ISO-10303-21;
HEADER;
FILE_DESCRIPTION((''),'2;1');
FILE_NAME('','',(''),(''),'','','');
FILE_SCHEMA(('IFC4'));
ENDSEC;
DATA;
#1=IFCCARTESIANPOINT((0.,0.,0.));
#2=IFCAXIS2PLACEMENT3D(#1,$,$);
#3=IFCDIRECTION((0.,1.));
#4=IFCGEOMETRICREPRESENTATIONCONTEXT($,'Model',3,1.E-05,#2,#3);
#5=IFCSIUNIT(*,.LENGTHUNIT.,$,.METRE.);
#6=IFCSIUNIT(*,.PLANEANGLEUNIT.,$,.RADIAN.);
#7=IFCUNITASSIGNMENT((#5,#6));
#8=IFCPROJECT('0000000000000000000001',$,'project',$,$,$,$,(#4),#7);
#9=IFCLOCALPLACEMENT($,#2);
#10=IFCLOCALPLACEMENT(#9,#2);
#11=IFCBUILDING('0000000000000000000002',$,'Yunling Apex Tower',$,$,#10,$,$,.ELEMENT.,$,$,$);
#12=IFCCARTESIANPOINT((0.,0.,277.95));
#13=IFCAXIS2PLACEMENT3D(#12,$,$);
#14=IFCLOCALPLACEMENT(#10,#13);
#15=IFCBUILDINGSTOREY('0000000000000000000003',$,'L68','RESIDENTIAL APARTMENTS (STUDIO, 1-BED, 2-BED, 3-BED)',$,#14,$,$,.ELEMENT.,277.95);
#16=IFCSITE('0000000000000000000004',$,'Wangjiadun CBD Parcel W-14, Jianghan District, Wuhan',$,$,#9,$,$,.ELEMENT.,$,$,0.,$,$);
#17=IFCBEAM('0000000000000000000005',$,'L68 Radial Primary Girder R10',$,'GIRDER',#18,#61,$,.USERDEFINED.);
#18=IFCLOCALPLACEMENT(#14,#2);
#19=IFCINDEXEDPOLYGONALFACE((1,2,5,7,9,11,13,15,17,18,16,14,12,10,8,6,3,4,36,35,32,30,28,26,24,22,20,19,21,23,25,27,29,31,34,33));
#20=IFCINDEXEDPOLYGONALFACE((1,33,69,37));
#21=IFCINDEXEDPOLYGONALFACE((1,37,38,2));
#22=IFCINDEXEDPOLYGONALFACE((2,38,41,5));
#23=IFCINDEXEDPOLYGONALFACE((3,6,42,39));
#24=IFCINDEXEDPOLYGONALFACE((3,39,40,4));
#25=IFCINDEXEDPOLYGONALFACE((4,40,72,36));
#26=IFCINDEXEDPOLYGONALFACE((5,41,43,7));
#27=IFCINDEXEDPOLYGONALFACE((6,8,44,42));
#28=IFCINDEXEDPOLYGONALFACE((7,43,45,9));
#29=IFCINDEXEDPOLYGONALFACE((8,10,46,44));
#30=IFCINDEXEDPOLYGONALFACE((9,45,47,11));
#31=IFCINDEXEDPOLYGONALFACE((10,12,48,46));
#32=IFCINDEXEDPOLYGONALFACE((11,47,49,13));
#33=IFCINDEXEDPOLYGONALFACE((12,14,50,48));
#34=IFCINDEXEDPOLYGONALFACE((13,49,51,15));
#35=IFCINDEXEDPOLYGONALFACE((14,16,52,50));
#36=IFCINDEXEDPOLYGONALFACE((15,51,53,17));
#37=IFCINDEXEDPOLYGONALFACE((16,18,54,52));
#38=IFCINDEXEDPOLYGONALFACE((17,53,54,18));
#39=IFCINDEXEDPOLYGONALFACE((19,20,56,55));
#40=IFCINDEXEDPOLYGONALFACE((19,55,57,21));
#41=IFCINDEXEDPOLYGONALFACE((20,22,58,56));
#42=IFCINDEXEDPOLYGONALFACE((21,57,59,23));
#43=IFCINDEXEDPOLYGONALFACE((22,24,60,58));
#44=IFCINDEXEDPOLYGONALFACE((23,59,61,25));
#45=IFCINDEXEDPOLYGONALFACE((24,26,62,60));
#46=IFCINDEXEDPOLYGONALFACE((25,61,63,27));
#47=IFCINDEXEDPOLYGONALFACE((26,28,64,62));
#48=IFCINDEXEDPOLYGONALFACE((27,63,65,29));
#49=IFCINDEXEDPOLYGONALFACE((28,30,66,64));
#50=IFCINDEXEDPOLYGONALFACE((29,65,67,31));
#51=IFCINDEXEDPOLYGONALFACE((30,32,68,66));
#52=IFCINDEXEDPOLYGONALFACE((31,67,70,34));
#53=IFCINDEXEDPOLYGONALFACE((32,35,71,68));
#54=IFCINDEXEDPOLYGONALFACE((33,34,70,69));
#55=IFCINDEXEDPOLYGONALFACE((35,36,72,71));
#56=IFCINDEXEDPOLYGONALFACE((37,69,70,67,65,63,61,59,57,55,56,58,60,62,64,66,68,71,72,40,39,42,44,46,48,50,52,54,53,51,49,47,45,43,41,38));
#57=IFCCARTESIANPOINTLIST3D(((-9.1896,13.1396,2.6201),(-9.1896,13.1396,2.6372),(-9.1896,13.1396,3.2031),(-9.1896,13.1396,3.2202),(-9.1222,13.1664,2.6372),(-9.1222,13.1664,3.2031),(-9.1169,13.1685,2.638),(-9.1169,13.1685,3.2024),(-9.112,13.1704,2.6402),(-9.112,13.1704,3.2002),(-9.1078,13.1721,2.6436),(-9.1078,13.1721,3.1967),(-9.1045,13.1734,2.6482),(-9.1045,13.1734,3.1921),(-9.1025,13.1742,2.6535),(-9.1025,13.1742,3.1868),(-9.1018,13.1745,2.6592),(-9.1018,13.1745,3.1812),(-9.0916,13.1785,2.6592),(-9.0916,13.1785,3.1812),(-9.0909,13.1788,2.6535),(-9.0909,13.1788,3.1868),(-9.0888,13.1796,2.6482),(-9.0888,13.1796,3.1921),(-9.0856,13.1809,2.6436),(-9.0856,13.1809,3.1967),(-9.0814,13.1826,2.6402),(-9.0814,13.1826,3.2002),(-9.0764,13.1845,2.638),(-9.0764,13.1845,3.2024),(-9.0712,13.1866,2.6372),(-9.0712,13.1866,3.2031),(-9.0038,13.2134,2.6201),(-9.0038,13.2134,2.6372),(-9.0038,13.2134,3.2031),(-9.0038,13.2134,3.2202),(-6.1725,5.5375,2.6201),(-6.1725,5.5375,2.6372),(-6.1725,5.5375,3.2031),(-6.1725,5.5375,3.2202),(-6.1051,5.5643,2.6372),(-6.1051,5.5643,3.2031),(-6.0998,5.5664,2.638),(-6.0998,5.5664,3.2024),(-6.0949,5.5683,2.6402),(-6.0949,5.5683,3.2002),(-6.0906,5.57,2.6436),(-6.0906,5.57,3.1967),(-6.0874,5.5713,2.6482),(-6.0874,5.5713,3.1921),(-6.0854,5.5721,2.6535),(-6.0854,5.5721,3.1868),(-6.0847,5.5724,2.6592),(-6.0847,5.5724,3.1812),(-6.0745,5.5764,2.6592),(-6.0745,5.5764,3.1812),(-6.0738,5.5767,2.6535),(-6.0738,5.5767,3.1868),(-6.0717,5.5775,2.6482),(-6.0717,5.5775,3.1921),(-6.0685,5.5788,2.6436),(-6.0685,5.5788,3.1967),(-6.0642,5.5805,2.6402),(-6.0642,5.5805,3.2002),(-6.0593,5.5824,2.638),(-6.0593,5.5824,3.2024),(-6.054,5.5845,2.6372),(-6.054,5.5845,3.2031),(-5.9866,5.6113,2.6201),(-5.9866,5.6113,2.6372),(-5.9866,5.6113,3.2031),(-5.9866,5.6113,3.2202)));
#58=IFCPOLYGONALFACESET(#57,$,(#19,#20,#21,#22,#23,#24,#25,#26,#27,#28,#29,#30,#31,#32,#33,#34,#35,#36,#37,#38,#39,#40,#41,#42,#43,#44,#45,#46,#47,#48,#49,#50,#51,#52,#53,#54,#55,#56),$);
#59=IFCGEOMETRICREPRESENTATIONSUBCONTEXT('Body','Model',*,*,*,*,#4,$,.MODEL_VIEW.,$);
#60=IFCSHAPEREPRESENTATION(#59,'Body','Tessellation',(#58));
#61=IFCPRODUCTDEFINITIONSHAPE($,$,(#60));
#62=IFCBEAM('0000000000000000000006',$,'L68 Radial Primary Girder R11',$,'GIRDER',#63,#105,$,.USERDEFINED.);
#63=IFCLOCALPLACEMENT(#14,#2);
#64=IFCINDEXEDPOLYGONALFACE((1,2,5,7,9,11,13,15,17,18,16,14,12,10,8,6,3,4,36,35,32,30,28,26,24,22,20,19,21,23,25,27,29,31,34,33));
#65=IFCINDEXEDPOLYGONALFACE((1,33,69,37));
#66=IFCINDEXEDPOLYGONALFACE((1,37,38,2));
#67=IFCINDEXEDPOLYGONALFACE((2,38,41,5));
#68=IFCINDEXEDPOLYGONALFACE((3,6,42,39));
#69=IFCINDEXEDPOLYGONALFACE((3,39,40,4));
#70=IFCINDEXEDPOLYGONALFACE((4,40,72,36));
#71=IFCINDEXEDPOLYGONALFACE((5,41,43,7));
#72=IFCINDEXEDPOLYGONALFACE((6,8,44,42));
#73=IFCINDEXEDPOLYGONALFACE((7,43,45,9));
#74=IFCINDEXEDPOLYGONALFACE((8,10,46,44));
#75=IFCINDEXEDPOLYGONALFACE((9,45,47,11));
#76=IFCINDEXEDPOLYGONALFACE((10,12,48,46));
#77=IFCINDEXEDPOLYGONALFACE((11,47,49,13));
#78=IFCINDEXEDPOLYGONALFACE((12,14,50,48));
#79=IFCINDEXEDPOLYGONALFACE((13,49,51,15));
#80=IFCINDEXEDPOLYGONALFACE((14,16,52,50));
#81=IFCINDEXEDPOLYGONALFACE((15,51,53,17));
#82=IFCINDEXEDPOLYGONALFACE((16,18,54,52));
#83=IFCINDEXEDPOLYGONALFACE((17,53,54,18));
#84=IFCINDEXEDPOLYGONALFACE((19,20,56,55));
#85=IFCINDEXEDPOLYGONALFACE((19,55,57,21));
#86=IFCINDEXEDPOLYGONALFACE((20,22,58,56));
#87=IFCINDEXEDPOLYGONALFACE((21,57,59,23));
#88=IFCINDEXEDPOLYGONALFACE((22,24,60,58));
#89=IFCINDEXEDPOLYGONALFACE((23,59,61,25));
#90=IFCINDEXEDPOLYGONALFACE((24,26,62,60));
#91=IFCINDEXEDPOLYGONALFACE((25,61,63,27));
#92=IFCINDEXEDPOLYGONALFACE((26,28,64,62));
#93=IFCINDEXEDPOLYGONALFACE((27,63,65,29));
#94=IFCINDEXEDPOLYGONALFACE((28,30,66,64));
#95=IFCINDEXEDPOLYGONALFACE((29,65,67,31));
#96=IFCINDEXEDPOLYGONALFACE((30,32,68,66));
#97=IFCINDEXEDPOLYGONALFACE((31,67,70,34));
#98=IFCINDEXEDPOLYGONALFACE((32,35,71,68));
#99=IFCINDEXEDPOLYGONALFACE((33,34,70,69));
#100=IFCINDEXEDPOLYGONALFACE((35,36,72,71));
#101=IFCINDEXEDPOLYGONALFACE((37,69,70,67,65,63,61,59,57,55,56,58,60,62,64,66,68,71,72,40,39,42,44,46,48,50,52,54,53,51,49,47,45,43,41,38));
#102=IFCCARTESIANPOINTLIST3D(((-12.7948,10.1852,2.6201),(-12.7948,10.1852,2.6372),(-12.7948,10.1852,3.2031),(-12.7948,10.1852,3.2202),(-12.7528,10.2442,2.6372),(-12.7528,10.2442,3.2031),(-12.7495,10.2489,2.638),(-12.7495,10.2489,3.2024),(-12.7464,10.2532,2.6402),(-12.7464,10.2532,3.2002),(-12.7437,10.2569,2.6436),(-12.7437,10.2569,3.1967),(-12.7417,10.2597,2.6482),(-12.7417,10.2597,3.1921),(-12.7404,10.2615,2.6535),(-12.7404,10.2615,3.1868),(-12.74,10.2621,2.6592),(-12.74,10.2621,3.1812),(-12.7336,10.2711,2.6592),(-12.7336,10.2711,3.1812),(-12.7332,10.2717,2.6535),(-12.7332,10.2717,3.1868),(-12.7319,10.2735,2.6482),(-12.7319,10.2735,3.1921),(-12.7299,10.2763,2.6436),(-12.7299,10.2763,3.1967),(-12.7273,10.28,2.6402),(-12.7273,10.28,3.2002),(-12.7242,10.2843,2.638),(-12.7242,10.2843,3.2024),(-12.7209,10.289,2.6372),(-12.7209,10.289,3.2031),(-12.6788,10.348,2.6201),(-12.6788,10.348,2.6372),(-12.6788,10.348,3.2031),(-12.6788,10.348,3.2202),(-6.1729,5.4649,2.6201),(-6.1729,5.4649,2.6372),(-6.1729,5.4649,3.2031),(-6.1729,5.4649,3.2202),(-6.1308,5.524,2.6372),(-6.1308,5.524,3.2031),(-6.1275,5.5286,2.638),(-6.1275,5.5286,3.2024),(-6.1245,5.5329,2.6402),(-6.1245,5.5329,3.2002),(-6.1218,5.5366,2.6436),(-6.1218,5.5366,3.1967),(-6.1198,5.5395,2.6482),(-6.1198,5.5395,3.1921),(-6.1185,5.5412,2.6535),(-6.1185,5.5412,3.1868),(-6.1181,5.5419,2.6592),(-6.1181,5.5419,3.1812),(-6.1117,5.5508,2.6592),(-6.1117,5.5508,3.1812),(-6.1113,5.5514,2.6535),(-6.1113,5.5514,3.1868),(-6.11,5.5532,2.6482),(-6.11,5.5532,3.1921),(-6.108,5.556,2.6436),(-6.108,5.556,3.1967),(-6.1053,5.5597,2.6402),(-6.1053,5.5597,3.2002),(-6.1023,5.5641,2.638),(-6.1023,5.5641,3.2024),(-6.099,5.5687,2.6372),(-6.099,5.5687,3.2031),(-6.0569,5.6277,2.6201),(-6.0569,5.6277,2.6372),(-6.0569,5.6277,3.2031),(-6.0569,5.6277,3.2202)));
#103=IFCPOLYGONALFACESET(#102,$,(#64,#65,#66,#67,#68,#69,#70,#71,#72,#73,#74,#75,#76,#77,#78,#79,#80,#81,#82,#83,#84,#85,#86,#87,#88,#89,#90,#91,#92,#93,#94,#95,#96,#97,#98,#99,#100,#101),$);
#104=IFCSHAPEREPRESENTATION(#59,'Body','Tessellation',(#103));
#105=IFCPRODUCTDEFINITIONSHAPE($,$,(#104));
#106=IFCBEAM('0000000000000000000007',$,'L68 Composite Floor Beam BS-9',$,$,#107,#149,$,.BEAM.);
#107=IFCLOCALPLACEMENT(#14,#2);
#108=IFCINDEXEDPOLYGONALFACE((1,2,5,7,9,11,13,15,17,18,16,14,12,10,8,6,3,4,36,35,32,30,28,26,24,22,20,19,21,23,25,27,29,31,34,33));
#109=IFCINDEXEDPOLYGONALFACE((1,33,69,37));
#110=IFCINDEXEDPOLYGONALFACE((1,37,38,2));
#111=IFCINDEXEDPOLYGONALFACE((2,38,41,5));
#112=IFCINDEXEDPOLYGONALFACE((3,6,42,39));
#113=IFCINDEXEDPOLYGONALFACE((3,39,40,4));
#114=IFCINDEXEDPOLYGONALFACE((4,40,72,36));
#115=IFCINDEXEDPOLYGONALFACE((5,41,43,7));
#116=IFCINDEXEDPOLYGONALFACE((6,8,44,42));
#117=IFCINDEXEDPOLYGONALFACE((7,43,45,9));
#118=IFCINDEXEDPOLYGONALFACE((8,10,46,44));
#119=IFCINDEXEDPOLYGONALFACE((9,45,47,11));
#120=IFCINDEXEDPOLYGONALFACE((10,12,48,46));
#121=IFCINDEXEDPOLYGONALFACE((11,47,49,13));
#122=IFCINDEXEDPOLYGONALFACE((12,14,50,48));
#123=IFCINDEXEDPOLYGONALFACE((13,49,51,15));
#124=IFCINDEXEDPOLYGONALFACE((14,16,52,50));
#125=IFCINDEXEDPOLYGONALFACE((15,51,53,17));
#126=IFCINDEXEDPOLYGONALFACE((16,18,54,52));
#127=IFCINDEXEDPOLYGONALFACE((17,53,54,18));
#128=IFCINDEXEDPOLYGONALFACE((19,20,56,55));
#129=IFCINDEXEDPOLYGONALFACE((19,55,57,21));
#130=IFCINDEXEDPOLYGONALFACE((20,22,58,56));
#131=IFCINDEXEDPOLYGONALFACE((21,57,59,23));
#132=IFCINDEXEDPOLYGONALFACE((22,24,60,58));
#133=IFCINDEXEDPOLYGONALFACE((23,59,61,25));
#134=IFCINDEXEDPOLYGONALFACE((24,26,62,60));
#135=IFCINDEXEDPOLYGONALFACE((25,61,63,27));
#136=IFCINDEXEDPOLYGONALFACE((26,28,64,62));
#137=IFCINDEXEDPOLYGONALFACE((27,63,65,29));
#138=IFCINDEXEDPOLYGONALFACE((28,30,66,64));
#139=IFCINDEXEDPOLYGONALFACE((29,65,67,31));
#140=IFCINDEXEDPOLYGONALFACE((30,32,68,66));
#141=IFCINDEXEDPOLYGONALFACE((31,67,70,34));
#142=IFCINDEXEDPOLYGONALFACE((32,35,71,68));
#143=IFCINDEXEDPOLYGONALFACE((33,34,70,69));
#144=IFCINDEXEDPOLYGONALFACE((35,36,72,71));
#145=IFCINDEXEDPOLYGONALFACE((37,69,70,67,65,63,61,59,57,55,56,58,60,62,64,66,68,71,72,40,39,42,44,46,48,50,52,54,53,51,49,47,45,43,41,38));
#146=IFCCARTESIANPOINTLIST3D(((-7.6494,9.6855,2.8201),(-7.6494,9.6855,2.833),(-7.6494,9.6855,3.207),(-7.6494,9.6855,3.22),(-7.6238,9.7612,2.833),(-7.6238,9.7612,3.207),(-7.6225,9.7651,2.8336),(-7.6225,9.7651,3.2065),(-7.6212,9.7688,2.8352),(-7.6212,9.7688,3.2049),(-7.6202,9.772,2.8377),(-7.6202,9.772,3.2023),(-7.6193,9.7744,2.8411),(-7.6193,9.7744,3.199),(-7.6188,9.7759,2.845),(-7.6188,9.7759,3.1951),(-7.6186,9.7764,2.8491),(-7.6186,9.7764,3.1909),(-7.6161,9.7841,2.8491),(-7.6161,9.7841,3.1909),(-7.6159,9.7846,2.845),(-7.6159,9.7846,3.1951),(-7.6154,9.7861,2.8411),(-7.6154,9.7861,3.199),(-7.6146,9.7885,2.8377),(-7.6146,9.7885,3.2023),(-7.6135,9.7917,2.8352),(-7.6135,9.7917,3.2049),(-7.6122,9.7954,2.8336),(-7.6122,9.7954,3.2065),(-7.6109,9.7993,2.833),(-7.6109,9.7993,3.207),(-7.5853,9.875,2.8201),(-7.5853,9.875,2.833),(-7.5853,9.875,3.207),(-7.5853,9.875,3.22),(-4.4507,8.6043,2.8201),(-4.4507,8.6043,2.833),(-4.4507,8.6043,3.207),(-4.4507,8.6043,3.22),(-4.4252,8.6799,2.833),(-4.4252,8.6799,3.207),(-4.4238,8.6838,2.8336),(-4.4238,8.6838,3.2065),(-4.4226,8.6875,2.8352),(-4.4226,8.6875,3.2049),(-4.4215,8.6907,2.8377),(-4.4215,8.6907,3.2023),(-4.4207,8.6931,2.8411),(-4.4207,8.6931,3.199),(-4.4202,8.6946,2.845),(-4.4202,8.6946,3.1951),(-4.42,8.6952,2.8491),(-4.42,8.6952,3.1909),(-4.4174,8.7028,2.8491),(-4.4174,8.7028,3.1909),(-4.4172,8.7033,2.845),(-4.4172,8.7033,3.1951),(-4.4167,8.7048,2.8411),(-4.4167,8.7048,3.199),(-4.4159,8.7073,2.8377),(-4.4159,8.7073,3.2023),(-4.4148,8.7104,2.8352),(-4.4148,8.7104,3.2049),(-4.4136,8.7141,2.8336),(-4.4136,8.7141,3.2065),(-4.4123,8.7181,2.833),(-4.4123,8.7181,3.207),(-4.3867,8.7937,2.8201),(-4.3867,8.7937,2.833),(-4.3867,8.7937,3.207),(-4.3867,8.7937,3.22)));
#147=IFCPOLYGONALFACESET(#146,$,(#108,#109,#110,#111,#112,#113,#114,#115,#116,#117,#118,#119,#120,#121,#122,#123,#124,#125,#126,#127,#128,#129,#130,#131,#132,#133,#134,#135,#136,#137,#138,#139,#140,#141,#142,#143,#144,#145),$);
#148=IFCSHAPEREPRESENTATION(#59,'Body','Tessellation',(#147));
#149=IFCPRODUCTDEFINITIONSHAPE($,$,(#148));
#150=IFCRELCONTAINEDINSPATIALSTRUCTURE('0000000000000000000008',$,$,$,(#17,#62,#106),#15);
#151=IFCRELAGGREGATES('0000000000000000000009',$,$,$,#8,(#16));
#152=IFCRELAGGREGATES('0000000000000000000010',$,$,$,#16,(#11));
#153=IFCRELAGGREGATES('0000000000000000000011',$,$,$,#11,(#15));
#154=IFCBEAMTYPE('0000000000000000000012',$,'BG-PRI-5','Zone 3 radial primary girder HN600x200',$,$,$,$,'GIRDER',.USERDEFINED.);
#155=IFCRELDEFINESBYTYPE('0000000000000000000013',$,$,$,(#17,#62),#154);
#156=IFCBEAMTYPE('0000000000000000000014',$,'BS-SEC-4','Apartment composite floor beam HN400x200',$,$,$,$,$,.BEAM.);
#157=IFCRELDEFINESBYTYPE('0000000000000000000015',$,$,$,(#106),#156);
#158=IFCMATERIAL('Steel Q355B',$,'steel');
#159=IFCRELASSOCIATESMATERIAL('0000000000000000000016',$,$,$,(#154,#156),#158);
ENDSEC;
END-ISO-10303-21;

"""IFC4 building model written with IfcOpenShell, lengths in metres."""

from ifc_helpers import new_model, si_unit, direction, frame, origin, origin_2d, place, context, subcontext, project, spatial, i_section, extrude, source, transform, mapped, material, material_profile, profile_set, type_object, element, save


model = new_model("IFC4")

# Units and contexts
model_context = context("Model", 3, precision=1e-05, world=origin(), true_north=direction((0.0, 1.0)))
body_context = subcontext(model_context, "Body", "Model", "MODEL_VIEW")
ifc_project = project(units=[si_unit("LENGTHUNIT", "METRE"), si_unit("PLANEANGLEUNIT", "RADIAN")], contexts=[model_context])

# Site, building, storey
site_placement = place(None, origin())
site = spatial("IfcSite", under=ifc_project, at=site_placement, Name="Wangjiadun CBD Parcel W-14, Jianghan District, Wuhan", CompositionType="ELEMENT", RefElevation=0.0)
building_placement = place(site_placement, origin())
building = spatial("IfcBuilding", under=site, at=building_placement, Name="Yunling Apex Tower", CompositionType="ELEMENT")
storey_placement = place(building_placement, frame((0.0, 0.0, 277.95)))
storey = spatial("IfcBuildingStorey", under=building, at=storey_placement, Name="L68", Description="RESIDENTIAL APARTMENTS (STUDIO, 1-BED, 2-BED, 3-BED)", CompositionType="ELEMENT", Elevation=277.95)

# Shared definitions
ifc_material_1 = material(Name="Steel Q355B", Category="steel")

# Beams
ifc_material_profile_1 = material_profile(ifc_material_1, i_section(OverallWidth=0.2, OverallDepth=0.6001, WebThickness=0.011, FlangeThickness=0.0171, FilletRadius=0.022, at=origin_2d()))
ifc_profile_set_1 = profile_set([ifc_material_profile_1], Name="Steel Q355B")
beam_type_1 = type_object("IfcBeamType", Name="BG-PRI-5", Description="Zone 3 radial primary girder HN600x200", ElementType="GIRDER", PredefinedType="USERDEFINED", material=ifc_profile_set_1)
shared_shape_1 = source(origin(), body_context, "Body", "SweptSolid", [
    extrude(i_section(OverallWidth=0.2, OverallDepth=0.6001, WebThickness=0.011, FlangeThickness=0.0171, FilletRadius=0.022, at=origin_2d()), origin(), (0.0, 0.0, 1.0), 8.179),
])
beam_1_placement = place(storey_placement, frame((-9.0967, 13.1765, 2.9202), z_axis=(0.368888, -0.929474, 0.0), x_axis=(0.929474, 0.368888, 0.0)))
element("IfcBeam", 1, at=beam_1_placement, inside=storey, type_object=beam_type_1, Name="L68 Radial Primary Girder R10", ObjectType="GIRDER", PredefinedType="USERDEFINED", context=body_context, shape_type="MappedRepresentation", body=[
    mapped(shared_shape_1, transform((0.0, 0.0, 0.0), scale=1.0)),
])
shared_shape_2 = source(origin(), body_context, "Body", "SweptSolid", [
    extrude(i_section(OverallWidth=0.2, OverallDepth=0.6001, WebThickness=0.011, FlangeThickness=0.0171, FilletRadius=0.022, at=origin_2d()), origin(), (0.0, 0.0, 1.0), 8.1321),
])
beam_2_placement = place(storey_placement, frame((-12.7368, 10.2666, 2.9202), z_axis=(0.814295, -0.580451, 0.0), x_axis=(0.580451, 0.814295, 0.0)))
element("IfcBeam", 2, at=beam_2_placement, inside=storey, type_object=beam_type_1, Name="L68 Radial Primary Girder R11", ObjectType="GIRDER", PredefinedType="USERDEFINED", context=body_context, shape_type="MappedRepresentation", body=[
    mapped(shared_shape_2, transform((0.0, 0.0, 0.0), scale=1.0)),
])
ifc_material_profile_2 = material_profile(ifc_material_1, i_section(OverallWidth=0.2, OverallDepth=0.3999, WebThickness=0.0081, FlangeThickness=0.0129, FilletRadius=0.0161, at=origin_2d()))
ifc_profile_set_2 = profile_set([ifc_material_profile_2], Name="Steel Q355B")
beam_type_2 = type_object("IfcBeamType", Name="BS-SEC-4", Description="Apartment composite floor beam HN400x200", PredefinedType="BEAM", material=ifc_profile_set_2)
shared_shape_3 = source(origin(), body_context, "Body", "SweptSolid", [
    extrude(i_section(OverallWidth=0.2, OverallDepth=0.3999, WebThickness=0.0081, FlangeThickness=0.0129, FilletRadius=0.0161, at=origin_2d()), origin(), (0.0, 0.0, 1.0), 3.3765),
])
beam_3_placement = place(storey_placement, frame((-4.4187, 8.699, 3.02), z_axis=(-0.947337, 0.320238, 0.0), x_axis=(-0.320238, -0.947337, 0.0)))
element("IfcBeam", 3, at=beam_3_placement, inside=storey, type_object=beam_type_2, Name="L68 Composite Floor Beam BS-9", PredefinedType="BEAM", context=body_context, shape_type="MappedRepresentation", body=[
    mapped(shared_shape_3, transform((0.0, 0.0, 0.0), scale=1.0)),
])

save(model, "model.ifc")
